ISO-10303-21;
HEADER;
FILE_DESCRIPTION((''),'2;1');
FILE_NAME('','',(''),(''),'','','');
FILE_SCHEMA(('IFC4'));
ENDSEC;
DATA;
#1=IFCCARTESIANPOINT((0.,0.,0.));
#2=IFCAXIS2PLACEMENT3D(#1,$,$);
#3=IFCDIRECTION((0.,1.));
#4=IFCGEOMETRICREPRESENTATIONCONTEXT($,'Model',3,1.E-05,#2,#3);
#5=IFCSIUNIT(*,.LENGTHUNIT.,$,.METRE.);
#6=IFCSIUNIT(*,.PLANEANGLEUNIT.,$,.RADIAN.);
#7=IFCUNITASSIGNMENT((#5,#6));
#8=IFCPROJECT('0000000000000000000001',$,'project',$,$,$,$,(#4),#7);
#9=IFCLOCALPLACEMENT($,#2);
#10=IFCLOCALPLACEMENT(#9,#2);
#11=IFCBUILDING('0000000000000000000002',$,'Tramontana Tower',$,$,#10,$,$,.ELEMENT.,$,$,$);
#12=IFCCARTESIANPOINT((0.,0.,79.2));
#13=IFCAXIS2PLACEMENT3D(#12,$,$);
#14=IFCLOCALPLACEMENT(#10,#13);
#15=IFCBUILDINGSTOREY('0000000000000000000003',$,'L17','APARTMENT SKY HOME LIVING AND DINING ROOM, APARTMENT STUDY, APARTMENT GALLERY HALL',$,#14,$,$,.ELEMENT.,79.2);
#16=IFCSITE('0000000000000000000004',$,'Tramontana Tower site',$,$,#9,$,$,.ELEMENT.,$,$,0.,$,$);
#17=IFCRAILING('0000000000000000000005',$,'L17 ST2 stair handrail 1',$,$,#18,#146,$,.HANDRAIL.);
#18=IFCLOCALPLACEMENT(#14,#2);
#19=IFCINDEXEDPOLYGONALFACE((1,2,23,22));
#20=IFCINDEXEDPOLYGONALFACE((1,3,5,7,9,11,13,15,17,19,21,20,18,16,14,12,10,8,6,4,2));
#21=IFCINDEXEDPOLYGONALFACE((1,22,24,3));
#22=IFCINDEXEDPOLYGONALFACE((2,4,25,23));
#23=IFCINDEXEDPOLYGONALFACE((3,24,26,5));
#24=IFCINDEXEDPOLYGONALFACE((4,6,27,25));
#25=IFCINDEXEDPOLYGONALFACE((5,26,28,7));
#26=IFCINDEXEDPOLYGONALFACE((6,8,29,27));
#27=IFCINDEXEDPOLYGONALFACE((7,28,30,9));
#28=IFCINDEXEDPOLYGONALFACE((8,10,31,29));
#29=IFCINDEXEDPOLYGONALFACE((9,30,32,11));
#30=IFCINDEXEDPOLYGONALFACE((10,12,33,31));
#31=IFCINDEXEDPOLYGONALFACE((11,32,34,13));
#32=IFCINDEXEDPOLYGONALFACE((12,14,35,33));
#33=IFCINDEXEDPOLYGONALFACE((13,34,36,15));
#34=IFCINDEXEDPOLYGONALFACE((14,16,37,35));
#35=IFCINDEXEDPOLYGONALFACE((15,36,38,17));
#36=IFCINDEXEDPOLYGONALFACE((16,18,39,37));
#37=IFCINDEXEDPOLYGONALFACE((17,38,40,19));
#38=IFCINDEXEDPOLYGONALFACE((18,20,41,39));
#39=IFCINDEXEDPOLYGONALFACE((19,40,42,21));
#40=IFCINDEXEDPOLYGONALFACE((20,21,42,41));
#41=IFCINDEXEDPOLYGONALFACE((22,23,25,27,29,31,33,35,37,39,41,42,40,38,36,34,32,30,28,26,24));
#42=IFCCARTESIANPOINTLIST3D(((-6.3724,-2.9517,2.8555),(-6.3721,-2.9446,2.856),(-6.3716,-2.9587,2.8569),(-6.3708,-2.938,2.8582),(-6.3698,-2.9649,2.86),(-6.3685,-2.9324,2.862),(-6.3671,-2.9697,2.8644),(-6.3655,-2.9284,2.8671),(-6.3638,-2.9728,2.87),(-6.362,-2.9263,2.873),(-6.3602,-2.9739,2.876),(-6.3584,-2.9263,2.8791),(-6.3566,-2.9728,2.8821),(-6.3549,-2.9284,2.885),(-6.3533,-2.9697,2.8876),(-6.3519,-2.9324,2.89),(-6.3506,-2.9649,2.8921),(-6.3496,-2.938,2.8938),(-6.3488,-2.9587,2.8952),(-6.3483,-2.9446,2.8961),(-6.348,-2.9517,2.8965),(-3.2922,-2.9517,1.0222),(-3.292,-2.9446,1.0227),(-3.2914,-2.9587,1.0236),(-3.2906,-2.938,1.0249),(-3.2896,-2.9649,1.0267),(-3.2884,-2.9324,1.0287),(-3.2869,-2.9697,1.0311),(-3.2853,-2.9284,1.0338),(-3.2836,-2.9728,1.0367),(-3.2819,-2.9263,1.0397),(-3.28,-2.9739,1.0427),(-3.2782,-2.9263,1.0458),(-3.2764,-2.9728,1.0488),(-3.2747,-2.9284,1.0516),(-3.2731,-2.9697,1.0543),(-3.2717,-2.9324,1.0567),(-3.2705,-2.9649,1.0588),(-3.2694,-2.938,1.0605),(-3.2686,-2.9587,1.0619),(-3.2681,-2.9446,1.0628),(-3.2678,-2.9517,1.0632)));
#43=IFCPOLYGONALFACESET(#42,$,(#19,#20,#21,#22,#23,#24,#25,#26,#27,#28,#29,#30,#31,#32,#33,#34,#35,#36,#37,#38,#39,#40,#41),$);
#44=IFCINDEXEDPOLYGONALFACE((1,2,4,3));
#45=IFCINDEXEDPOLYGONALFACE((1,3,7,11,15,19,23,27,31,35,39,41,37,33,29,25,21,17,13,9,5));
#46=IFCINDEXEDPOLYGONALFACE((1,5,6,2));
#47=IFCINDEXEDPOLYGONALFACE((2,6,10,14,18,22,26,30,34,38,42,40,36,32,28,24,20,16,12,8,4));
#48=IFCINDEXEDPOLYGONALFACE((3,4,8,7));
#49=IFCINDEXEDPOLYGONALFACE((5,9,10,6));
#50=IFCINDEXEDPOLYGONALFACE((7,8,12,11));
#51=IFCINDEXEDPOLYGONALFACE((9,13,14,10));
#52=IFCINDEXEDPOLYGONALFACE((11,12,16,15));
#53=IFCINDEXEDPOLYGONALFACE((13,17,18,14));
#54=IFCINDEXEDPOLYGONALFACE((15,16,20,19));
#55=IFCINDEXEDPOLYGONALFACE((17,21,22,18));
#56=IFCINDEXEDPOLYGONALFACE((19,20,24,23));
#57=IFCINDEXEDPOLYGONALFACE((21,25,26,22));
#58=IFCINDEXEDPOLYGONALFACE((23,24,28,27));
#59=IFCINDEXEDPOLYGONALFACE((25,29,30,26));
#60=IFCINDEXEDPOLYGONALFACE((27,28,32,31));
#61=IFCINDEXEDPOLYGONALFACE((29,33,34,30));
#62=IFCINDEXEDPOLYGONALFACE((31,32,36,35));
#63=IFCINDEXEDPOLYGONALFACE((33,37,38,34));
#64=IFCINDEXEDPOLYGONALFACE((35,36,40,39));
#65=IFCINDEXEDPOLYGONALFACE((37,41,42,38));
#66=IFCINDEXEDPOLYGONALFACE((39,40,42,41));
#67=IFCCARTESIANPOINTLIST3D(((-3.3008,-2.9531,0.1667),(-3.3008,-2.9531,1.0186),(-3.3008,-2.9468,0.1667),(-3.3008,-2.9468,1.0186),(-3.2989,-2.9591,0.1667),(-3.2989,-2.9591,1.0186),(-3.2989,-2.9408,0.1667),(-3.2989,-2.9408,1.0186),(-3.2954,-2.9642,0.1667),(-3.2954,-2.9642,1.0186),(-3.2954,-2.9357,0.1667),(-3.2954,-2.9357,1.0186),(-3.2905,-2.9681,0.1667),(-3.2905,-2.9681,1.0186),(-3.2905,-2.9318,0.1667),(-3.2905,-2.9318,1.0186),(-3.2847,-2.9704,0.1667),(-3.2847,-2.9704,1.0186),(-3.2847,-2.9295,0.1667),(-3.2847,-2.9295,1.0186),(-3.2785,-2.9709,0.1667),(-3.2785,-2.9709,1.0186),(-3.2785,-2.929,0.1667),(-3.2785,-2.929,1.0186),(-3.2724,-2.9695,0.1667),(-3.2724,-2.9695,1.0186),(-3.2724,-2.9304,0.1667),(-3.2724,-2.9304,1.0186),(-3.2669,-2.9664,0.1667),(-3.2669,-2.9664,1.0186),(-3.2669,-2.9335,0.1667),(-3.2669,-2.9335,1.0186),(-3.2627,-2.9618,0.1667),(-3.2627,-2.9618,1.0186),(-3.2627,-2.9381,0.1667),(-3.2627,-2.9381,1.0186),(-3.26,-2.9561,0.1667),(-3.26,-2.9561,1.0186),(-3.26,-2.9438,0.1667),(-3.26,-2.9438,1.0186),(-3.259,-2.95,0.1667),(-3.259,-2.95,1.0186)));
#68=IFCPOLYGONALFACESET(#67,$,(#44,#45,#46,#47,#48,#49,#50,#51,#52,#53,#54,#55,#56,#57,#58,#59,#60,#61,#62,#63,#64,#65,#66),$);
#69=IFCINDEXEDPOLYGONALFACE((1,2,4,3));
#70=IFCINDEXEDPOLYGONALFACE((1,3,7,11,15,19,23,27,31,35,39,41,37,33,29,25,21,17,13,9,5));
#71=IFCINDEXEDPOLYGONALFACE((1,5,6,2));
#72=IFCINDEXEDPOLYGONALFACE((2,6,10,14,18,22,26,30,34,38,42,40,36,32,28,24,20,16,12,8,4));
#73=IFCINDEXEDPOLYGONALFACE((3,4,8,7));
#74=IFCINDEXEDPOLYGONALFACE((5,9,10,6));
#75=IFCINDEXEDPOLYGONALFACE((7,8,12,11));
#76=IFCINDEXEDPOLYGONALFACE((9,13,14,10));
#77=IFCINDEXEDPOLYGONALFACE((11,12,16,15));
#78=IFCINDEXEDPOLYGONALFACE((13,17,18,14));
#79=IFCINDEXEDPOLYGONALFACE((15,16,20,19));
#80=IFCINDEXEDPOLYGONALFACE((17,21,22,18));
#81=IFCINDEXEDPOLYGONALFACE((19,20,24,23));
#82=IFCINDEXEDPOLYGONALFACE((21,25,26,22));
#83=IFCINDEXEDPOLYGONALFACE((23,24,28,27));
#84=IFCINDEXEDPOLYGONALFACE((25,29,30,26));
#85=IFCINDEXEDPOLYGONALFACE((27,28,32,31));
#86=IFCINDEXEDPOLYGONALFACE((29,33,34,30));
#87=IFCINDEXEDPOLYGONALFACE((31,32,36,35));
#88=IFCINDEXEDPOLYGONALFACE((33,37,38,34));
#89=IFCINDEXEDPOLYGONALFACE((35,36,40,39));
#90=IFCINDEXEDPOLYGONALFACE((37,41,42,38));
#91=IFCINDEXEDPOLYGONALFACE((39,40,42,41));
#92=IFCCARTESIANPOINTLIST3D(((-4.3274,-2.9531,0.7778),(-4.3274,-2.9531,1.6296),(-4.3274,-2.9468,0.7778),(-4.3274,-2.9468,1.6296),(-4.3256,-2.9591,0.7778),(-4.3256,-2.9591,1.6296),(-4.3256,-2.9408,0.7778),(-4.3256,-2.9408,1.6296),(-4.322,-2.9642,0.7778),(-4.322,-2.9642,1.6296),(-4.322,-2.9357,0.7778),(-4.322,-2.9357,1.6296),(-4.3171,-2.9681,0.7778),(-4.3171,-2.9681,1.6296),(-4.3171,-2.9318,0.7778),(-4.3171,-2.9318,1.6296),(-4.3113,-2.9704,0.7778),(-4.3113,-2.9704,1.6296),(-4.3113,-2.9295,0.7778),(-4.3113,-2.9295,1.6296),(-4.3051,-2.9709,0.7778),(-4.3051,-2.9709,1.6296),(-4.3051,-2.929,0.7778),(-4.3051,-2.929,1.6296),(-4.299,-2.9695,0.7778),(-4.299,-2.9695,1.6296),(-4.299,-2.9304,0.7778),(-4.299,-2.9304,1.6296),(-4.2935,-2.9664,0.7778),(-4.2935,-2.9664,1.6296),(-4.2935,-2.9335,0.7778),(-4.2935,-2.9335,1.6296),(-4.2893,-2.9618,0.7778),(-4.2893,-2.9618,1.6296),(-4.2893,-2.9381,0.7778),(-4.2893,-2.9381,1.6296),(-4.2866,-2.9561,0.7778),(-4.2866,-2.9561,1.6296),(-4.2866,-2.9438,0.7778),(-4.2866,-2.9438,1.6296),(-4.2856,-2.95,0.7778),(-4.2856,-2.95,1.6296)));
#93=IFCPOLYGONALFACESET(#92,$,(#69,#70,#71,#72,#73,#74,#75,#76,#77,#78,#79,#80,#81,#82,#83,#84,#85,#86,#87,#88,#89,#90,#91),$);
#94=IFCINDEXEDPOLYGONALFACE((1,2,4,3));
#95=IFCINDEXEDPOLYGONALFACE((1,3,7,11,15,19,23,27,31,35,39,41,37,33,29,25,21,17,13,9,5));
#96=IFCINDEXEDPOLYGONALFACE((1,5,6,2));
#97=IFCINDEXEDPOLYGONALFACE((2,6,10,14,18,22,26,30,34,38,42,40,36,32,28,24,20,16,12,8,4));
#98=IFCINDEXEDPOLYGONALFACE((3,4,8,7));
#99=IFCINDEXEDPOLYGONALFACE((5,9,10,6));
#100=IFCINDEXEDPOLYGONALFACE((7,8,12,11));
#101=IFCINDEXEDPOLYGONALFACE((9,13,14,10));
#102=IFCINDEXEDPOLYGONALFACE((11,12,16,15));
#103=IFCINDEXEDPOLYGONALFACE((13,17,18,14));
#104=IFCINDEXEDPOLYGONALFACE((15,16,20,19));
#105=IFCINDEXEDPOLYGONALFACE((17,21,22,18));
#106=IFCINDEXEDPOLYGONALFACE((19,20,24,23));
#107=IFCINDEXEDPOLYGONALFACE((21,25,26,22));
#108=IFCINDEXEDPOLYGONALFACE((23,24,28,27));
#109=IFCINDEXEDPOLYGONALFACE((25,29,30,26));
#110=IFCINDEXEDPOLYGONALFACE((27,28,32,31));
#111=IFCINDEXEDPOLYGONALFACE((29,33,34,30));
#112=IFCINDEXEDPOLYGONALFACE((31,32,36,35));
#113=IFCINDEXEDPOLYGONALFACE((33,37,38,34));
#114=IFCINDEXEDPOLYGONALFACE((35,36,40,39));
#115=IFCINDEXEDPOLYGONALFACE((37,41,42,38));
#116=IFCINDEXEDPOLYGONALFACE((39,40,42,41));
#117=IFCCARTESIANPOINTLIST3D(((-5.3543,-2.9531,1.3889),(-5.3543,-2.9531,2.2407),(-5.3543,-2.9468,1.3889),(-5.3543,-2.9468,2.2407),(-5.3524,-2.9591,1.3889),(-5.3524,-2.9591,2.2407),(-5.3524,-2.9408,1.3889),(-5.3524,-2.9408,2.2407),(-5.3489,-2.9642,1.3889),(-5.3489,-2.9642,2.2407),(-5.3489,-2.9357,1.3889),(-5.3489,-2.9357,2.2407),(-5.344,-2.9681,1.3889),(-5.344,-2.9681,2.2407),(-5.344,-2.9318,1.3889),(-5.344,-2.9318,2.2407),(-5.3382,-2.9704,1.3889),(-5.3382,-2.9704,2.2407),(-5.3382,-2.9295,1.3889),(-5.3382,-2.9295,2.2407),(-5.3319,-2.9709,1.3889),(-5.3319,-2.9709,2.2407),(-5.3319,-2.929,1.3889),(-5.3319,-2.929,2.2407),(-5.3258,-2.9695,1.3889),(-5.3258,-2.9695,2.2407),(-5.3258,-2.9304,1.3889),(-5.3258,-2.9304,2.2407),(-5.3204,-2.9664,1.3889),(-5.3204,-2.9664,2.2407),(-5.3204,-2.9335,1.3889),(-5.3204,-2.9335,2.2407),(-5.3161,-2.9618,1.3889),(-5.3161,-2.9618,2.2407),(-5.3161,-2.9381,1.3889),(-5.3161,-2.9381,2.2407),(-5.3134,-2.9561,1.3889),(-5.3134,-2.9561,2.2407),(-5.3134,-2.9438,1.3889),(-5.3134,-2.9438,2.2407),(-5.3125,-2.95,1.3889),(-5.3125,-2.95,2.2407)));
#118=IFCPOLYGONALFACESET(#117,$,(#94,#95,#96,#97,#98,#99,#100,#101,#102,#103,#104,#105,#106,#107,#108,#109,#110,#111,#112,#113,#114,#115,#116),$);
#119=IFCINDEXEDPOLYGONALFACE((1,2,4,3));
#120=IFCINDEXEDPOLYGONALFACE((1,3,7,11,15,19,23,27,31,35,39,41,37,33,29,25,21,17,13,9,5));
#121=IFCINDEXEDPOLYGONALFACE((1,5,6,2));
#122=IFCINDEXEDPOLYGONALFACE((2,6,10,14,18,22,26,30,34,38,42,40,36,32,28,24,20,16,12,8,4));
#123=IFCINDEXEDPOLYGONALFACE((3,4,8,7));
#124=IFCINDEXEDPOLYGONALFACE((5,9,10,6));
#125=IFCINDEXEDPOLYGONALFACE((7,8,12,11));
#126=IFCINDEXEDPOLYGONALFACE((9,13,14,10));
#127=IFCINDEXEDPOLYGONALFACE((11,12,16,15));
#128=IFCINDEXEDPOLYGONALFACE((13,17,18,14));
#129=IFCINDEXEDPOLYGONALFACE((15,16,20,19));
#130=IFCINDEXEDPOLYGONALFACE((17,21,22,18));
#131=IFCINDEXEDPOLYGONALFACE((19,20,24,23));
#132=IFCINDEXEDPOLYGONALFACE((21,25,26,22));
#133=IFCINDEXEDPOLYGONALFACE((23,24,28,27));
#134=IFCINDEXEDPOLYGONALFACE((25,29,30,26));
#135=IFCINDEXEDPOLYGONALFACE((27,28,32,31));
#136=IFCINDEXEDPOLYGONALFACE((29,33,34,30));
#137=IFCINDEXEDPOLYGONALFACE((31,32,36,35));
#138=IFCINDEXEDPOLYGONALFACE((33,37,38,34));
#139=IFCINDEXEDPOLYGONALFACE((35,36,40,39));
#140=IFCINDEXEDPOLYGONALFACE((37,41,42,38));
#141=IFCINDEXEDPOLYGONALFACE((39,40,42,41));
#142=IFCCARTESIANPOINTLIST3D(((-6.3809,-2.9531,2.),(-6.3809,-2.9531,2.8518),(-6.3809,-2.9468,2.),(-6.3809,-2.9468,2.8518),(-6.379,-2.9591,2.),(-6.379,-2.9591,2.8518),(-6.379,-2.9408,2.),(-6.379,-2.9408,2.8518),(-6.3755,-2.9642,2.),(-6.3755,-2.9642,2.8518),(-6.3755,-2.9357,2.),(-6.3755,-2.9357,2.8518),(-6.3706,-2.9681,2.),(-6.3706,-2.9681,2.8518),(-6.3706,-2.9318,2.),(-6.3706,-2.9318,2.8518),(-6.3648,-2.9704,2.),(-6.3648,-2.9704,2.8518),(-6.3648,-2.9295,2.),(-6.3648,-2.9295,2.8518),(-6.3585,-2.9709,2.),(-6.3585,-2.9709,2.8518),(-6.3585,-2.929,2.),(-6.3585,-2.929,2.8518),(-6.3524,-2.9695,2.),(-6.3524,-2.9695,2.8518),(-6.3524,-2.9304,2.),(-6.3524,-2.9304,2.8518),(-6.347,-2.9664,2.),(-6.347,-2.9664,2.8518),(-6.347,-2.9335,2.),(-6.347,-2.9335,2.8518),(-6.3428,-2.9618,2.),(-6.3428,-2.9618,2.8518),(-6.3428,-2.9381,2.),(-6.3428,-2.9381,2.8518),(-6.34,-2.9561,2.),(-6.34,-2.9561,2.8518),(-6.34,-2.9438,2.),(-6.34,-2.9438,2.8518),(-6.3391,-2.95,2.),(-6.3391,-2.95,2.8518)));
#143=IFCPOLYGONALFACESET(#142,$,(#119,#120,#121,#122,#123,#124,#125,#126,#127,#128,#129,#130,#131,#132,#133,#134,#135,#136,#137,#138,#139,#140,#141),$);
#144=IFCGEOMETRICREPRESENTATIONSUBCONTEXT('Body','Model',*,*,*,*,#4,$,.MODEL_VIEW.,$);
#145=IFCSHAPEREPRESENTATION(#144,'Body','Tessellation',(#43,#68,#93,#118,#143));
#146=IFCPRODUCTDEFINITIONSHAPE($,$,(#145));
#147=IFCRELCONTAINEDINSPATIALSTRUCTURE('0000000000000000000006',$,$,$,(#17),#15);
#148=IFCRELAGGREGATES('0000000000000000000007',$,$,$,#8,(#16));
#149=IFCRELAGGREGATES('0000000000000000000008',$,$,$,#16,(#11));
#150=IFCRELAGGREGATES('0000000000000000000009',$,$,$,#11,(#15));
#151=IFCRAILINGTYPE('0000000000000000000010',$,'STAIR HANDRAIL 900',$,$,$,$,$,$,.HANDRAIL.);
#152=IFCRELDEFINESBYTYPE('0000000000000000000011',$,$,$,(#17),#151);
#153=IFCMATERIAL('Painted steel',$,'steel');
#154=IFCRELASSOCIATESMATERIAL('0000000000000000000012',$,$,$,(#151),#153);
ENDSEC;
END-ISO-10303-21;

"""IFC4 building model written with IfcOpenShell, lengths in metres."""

from ifc_helpers import new_model, si_unit, direction, frame, origin, origin_2d, place, context, subcontext, project, spatial, circle, extrude, material, type_object, element, save


model = new_model("IFC4")

# Units and contexts
model_context = context("Model", 3, precision=1e-05, world=origin(), true_north=direction((0.0, 1.0)))
body_context = subcontext(model_context, "Body", "Model", "MODEL_VIEW")
ifc_project = project(units=[si_unit("LENGTHUNIT", "METRE"), si_unit("PLANEANGLEUNIT", "RADIAN")], contexts=[model_context])

# Site, building, storey
site_placement = place(None, origin())
site = spatial("IfcSite", under=ifc_project, at=site_placement, Name="Tramontana Tower site", CompositionType="ELEMENT", RefElevation=0.0)
building_placement = place(site_placement, origin())
building = spatial("IfcBuilding", under=site, at=building_placement, Name="Tramontana Tower", CompositionType="ELEMENT")
storey_placement = place(building_placement, frame((0.0, 0.0, 79.2)))
storey = spatial("IfcBuildingStorey", under=building, at=storey_placement, Name="L17", Description="APARTMENT SKY HOME LIVING AND DINING ROOM, APARTMENT STUDY, APARTMENT GALLERY HALL", CompositionType="ELEMENT", Elevation=79.2)

# Railing
ifc_material_1 = material(Name="Painted steel", Category="steel")
railing_type_1 = type_object("IfcRailingType", Name="STAIR HANDRAIL 900", PredefinedType="HANDRAIL", material=ifc_material_1)
railing_1_placement = place(storey_placement, frame((-3.28, -2.95, 0.1667)))
element("IfcRailing", 1, at=railing_1_placement, inside=storey, type_object=railing_type_1, Name="L17 ST2 stair handrail 1", PredefinedType="HANDRAIL", context=body_context, shape_type="SweptSolid", body=[
    extrude(circle(Radius=0.0239, at=origin_2d()), frame((0.0, 0.0, 0.876), z_axis=(-0.859309, 0.0, 0.511458), x_axis=(0.0, -1.0, 0.0)), (0.0, 0.0, 1.0), 3.5845),
    extrude(circle(Radius=0.021, at=origin_2d()), origin(), (0.0, 0.0, 1.0), 0.8518),
    extrude(circle(Radius=0.021, at=origin_2d()), frame((-1.0266, 0.0, 0.6111)), (0.0, 0.0, 1.0), 0.8518),
    extrude(circle(Radius=0.021, at=origin_2d()), frame((-2.0535, 0.0, 1.2222)), (0.0, 0.0, 1.0), 0.8518),
    extrude(circle(Radius=0.021, at=origin_2d()), frame((-3.0801, 0.0, 1.8333)), (0.0, 0.0, 1.0), 0.8518),
])

save(model, "model.ifc")
